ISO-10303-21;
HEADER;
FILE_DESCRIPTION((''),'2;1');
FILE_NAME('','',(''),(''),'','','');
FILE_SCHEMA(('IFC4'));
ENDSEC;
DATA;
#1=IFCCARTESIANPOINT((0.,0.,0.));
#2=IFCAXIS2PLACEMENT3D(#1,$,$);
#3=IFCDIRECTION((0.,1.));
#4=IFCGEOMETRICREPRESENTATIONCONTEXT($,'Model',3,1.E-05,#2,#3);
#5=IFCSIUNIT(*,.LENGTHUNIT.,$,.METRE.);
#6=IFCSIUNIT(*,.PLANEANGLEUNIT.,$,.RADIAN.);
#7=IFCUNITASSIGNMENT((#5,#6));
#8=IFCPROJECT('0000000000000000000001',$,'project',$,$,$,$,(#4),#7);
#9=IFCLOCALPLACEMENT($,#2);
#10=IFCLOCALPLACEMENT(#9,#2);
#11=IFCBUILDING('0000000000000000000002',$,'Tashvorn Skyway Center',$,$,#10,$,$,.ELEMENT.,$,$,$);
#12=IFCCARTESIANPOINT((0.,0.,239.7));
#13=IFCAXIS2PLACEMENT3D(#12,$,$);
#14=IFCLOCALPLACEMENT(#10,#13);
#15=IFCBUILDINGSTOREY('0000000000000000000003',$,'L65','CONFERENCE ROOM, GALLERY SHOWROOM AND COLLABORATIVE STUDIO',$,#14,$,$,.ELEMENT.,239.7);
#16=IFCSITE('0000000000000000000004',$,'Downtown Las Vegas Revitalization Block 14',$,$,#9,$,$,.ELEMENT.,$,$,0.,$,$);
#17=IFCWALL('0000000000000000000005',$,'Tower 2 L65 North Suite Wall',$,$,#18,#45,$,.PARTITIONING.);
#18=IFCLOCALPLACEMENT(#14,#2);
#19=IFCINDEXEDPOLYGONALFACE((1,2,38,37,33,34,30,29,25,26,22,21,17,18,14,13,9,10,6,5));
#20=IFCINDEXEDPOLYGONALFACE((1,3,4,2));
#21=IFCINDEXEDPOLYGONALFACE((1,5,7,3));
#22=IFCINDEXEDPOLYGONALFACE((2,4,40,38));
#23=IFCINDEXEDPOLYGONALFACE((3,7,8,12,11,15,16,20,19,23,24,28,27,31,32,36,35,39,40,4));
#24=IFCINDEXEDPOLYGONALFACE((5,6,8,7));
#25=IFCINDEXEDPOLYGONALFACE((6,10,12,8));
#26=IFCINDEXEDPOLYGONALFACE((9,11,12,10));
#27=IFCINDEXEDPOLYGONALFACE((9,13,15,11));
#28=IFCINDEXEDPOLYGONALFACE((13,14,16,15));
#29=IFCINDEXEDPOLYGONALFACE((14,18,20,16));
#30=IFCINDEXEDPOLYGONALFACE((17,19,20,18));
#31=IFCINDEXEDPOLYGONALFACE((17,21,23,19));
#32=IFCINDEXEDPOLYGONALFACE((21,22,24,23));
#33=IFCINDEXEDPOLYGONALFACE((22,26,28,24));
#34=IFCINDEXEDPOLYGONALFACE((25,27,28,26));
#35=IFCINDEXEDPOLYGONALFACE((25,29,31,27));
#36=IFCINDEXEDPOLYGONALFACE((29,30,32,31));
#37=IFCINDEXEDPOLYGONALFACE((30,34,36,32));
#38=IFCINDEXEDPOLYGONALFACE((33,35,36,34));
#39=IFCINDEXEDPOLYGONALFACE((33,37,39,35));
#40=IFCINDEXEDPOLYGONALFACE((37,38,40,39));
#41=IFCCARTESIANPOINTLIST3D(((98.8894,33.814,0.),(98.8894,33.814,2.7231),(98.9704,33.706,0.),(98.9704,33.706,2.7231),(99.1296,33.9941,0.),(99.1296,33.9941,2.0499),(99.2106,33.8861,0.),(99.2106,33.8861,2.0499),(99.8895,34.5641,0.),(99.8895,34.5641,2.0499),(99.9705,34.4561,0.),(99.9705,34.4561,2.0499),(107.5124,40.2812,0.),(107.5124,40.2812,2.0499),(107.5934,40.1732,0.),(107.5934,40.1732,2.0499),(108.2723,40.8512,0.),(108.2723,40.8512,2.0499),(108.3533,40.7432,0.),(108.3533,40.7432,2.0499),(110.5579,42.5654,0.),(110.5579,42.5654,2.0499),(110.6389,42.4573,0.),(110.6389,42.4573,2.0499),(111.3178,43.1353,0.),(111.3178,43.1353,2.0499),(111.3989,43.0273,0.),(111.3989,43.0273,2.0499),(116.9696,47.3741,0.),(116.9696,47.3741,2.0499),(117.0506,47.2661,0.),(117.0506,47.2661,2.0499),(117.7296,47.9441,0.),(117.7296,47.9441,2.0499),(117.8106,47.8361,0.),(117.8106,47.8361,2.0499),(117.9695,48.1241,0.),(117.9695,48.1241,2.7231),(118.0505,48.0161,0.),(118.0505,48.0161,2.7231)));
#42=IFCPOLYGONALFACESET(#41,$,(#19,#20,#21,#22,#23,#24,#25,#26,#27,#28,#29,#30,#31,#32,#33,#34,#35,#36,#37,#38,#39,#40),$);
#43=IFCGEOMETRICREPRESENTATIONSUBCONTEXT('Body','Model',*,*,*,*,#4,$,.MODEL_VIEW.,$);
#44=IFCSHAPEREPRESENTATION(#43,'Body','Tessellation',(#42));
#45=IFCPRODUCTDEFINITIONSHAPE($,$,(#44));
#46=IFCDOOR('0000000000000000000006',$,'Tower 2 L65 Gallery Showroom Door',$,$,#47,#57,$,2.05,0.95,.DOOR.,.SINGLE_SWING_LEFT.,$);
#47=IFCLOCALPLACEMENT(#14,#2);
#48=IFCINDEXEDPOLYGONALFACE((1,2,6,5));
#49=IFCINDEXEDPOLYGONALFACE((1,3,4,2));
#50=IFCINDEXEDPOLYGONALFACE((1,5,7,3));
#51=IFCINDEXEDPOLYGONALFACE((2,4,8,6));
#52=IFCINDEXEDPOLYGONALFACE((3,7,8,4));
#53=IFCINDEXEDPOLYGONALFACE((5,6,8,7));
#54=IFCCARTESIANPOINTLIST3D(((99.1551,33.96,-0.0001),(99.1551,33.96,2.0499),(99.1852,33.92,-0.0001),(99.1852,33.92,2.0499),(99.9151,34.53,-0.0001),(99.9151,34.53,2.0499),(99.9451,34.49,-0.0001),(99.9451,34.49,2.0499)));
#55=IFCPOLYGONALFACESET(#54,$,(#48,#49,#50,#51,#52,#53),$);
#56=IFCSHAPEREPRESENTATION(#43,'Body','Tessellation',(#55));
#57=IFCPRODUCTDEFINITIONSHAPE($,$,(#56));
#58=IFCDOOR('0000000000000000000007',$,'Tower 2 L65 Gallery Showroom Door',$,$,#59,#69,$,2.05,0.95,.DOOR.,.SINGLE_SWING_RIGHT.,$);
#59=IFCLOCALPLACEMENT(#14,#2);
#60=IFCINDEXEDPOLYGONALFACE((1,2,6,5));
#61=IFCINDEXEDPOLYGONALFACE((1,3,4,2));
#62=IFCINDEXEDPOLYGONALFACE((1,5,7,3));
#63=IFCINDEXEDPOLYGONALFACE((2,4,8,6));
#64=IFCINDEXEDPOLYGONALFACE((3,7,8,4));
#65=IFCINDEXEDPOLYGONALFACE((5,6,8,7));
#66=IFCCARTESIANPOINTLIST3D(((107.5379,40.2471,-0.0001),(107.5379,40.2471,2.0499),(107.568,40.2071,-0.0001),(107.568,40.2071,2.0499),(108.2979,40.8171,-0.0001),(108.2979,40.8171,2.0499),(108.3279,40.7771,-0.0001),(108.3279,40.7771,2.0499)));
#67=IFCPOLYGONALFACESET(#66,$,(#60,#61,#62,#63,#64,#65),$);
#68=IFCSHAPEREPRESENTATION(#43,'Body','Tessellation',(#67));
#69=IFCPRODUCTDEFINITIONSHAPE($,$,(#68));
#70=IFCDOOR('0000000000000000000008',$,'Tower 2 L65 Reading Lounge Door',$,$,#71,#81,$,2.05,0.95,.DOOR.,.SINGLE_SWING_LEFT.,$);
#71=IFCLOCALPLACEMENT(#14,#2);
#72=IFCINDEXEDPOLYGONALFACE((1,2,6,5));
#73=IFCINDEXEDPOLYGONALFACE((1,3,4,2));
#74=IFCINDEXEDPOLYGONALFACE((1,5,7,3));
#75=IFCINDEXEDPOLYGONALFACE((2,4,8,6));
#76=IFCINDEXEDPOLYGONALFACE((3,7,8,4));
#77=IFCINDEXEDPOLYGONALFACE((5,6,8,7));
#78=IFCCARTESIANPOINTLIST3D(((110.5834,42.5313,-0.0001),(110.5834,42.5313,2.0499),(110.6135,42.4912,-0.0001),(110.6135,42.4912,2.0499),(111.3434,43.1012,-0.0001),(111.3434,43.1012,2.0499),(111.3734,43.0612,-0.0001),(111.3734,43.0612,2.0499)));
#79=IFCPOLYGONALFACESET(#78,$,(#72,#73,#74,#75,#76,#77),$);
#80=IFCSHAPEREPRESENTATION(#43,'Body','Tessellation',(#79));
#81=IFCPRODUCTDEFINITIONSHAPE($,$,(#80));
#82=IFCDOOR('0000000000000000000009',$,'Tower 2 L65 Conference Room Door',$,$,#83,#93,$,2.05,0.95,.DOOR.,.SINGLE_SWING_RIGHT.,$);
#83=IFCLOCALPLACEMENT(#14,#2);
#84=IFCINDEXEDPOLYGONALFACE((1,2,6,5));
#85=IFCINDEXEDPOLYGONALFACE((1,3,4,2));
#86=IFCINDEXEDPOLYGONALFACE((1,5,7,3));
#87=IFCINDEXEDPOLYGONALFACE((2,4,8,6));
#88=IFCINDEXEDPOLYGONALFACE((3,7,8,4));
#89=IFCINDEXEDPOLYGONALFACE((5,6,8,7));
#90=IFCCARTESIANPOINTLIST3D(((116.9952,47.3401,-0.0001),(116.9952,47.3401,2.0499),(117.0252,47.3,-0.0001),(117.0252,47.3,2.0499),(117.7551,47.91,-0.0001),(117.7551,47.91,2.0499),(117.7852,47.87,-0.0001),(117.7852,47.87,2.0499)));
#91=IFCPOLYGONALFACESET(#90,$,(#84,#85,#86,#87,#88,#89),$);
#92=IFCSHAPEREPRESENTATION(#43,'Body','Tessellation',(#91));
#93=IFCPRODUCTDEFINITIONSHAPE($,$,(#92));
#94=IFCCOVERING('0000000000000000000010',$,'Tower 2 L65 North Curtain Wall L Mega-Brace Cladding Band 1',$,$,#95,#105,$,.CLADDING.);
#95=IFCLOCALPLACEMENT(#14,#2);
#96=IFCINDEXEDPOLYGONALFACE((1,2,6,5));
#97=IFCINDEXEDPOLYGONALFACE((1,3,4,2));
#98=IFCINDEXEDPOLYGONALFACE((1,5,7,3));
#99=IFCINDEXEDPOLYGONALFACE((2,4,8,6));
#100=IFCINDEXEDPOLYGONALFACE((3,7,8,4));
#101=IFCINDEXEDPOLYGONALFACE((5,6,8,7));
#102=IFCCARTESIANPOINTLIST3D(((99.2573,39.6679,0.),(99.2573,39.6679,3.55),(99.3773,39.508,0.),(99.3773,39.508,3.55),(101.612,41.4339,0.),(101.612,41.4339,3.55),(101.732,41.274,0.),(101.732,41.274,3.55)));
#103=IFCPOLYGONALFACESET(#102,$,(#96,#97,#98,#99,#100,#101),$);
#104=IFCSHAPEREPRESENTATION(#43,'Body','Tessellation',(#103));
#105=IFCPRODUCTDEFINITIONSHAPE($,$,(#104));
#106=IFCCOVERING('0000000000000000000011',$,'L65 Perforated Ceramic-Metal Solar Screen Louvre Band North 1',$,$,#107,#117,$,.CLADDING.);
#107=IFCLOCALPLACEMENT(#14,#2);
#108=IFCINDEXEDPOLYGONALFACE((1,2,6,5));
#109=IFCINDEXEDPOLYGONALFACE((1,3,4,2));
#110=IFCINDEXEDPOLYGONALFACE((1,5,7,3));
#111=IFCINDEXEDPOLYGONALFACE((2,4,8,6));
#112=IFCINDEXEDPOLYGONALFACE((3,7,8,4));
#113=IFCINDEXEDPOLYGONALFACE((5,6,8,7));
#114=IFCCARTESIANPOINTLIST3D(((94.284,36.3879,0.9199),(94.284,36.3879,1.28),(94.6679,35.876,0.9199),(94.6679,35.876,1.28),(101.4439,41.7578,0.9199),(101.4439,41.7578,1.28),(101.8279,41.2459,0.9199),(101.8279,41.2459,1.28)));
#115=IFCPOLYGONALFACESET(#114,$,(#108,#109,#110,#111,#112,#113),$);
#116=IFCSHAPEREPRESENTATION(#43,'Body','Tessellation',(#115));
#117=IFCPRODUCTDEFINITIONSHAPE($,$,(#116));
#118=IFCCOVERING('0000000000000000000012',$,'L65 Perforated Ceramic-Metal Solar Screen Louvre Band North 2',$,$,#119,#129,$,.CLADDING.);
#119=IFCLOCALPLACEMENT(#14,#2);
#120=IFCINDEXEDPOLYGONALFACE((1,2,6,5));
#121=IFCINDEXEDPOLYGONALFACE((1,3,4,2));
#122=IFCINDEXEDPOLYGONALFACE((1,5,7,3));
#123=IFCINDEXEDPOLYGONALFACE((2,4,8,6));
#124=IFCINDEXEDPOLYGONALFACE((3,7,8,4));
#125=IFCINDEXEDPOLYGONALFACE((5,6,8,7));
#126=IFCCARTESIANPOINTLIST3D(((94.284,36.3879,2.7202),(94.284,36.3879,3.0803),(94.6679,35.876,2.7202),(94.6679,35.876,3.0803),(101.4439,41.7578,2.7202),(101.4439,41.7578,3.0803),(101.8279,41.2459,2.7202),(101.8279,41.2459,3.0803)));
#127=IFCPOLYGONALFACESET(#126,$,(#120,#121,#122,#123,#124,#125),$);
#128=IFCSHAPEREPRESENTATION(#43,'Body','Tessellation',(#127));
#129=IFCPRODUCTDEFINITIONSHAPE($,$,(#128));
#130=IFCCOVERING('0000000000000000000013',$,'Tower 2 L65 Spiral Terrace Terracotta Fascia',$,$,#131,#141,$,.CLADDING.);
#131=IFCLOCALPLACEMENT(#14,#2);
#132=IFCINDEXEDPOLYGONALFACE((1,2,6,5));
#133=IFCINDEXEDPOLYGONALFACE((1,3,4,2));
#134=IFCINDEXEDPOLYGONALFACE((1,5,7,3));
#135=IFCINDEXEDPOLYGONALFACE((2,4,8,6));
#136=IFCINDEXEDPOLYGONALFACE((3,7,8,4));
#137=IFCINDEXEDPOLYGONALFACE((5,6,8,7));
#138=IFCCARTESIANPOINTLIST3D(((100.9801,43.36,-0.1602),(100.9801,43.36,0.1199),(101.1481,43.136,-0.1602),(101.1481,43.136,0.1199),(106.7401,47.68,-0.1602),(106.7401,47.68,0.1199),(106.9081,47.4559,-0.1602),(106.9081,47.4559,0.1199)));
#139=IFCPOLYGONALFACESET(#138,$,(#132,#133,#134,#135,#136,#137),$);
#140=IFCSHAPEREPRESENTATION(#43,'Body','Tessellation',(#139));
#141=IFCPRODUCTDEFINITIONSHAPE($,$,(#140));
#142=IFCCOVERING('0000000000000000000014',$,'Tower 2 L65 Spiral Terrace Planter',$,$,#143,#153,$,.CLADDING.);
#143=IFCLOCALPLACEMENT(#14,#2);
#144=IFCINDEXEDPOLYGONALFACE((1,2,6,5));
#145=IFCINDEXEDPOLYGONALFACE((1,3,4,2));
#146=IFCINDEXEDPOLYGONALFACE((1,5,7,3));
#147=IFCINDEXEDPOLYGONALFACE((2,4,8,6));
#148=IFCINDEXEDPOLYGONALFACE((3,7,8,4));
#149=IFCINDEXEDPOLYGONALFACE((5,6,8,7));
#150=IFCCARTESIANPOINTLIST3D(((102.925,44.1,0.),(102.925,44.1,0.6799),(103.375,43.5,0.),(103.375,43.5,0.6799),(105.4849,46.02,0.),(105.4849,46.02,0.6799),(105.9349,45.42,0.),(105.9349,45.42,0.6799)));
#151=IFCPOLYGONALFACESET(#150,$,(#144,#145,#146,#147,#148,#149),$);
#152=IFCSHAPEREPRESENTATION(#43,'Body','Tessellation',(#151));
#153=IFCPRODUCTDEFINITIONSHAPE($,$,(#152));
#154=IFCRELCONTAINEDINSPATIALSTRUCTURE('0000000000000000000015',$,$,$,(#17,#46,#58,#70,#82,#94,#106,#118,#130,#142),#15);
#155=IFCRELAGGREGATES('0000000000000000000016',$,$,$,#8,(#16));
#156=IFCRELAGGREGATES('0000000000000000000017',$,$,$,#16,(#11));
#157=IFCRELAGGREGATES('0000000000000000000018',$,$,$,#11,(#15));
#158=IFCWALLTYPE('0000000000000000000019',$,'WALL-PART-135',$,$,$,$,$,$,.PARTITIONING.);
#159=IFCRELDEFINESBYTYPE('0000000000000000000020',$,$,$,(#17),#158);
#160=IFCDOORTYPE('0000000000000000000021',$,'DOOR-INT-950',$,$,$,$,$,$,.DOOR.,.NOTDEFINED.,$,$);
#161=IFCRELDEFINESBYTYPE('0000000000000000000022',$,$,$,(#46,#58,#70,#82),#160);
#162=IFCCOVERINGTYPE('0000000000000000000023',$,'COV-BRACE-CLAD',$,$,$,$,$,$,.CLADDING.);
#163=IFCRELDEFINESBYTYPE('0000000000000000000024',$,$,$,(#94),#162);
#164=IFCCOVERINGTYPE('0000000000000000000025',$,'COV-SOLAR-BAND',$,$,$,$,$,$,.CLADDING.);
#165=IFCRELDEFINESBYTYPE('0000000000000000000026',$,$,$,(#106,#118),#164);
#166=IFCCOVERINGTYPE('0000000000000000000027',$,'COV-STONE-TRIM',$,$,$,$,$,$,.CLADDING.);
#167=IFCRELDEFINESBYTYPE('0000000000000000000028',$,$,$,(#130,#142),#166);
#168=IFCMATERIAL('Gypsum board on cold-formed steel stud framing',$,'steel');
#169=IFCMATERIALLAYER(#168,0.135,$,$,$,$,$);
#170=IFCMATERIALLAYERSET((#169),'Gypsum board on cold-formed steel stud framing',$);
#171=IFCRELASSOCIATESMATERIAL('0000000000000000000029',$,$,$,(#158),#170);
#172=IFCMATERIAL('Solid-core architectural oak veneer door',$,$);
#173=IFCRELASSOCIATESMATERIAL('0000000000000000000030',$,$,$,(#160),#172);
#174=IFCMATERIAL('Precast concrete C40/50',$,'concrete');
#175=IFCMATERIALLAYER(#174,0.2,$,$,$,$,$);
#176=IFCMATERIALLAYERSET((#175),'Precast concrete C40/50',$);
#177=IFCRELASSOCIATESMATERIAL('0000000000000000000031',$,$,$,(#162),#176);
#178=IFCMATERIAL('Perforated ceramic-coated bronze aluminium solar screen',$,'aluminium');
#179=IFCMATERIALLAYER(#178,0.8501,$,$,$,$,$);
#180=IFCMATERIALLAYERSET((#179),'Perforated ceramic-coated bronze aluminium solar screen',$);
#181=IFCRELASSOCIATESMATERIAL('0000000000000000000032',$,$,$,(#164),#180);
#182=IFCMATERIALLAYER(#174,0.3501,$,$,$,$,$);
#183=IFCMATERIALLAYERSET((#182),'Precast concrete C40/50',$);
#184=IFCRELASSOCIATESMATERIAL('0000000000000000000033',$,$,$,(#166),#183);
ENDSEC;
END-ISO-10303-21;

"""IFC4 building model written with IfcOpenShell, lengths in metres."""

from ifc_helpers import new_model, si_unit, direction, frame, frame_2d, origin, origin_2d, place, context, subcontext, project, spatial, rectangle, extrude, material, layer, layer_set, type_object, element, fill, save


model = new_model("IFC4")

# Units and contexts
model_context = context("Model", 3, precision=1e-05, world=origin(), true_north=direction((0.0, 1.0)))
body_context = subcontext(model_context, "Body", "Model", "MODEL_VIEW")
ifc_project = project(units=[si_unit("LENGTHUNIT", "METRE"), si_unit("PLANEANGLEUNIT", "RADIAN")], contexts=[model_context])

# Site, building, storey
site_placement = place(None, origin())
site = spatial("IfcSite", under=ifc_project, at=site_placement, Name="Downtown Las Vegas Revitalization Block 14", CompositionType="ELEMENT", RefElevation=0.0)
building_placement = place(site_placement, origin())
building = spatial("IfcBuilding", under=site, at=building_placement, Name="Tashvorn Skyway Center", CompositionType="ELEMENT")
storey_placement = place(building_placement, frame((0.0, 0.0, 239.7)))
storey = spatial("IfcBuildingStorey", under=building, at=storey_placement, Name="L65", Description="CONFERENCE ROOM, GALLERY SHOWROOM AND COLLABORATIVE STUDIO", CompositionType="ELEMENT", Elevation=239.7)

# Shared definitions
ifc_material_1 = material(Name="Precast concrete C40/50", Category="concrete")

# Shared definitions
ifc_material_2 = material(Name="Gypsum board on cold-formed steel stud framing", Category="steel")

# Wall, openings, doors
ifc_layer_1 = layer(ifc_material_2, 0.135)
ifc_layer_set_1 = layer_set([ifc_layer_1], Name="Gypsum board on cold-formed steel stud framing")
wall_type_1 = type_object("IfcWallType", Name="WALL-PART-135", PredefinedType="PARTITIONING", material=ifc_layer_set_1)
wall_1_placement = place(storey_placement, frame((98.9299, 33.76, 0.0), z_axis=(0.0, 0.0, 1.0), x_axis=(0.8, 0.6, 0.0)))
wall_1 = element("IfcWall", 1, at=wall_1_placement, inside=storey, type_object=wall_type_1, Name="Tower 2 L65 North Suite Wall", PredefinedType="PARTITIONING", context=body_context, shape_type="SweptSolid", body=[
    extrude(rectangle(XDim=23.8501, YDim=0.135, at=frame_2d((11.925, 0.0))), origin(), (0.0, 0.0, 1.0), 2.7231),
])
opening_1_placement = place(wall_1_placement, frame((0.3, 0.0, 0.0)))
opening_1 = element("IfcOpeningElement", 2, at=opening_1_placement, cuts=wall_1, PredefinedType="OPENING", context=body_context, shape_type="SweptSolid", body=[
    extrude(rectangle(XDim=0.95, YDim=2.05, at=frame_2d((0.4751, 1.0249))), frame((0.0, 0.0774, 0.0), z_axis=(0.0, -1.0, 0.0), x_axis=(1.0, 0.0, 0.0)), (0.0, 0.0, 1.0), 0.155),
])
opening_2_placement = place(wall_1_placement, frame((10.7786, 0.0, 0.0)))
opening_2 = element("IfcOpeningElement", 3, at=opening_2_placement, cuts=wall_1, PredefinedType="OPENING", context=body_context, shape_type="SweptSolid", body=[
    extrude(rectangle(XDim=0.95, YDim=2.05, at=frame_2d((0.4751, 1.0249))), frame((0.0, 0.0774, 0.0), z_axis=(0.0, -1.0, 0.0), x_axis=(1.0, 0.0, 0.0)), (0.0, 0.0, 1.0), 0.155),
])
opening_3_placement = place(wall_1_placement, frame((14.5854, 0.0, 0.0)))
opening_3 = element("IfcOpeningElement", 4, at=opening_3_placement, cuts=wall_1, PredefinedType="OPENING", context=body_context, shape_type="SweptSolid", body=[
    extrude(rectangle(XDim=0.95, YDim=2.05, at=frame_2d((0.4751, 1.0249))), frame((0.0, 0.0774, 0.0), z_axis=(0.0, -1.0, 0.0), x_axis=(1.0, 0.0, 0.0)), (0.0, 0.0, 1.0), 0.155),
])
opening_4_placement = place(wall_1_placement, frame((22.6001, 0.0, 0.0)))
opening_4 = element("IfcOpeningElement", 5, at=opening_4_placement, cuts=wall_1, PredefinedType="OPENING", context=body_context, shape_type="SweptSolid", body=[
    extrude(rectangle(XDim=0.95, YDim=2.05, at=frame_2d((0.4751, 1.0249))), frame((0.0, 0.0774, 0.0), z_axis=(0.0, -1.0, 0.0), x_axis=(1.0, 0.0, 0.0)), (0.0, 0.0, 1.0), 0.155),
])
ifc_material_3 = material(Name="Solid-core architectural oak veneer door")
door_type_1 = type_object("IfcDoorType", Name="DOOR-INT-950", OperationType="NOTDEFINED", PredefinedType="DOOR", material=ifc_material_3)
door_1_placement = place(opening_1_placement, origin())
door_1 = element("IfcDoor", 6, at=door_1_placement, inside=storey, type_object=door_type_1, Name="Tower 2 L65 Gallery Showroom Door", OperationType="SINGLE_SWING_LEFT", OverallHeight=2.05, OverallWidth=0.95, PredefinedType="DOOR", context=body_context, shape_type="SweptSolid", body=[
    extrude(rectangle(XDim=0.95, YDim=2.05, at=frame_2d((0.4751, 1.0249))), frame((0.0, 0.0249, 0.0), z_axis=(0.0, -1.0, 0.0), x_axis=(1.0, 0.0, 0.0)), (0.0, 0.0, 1.0), 0.05),
])
fill(opening_1, door_1)
door_2_placement = place(opening_2_placement, origin())
door_2 = element("IfcDoor", 7, at=door_2_placement, inside=storey, type_object=door_type_1, Name="Tower 2 L65 Gallery Showroom Door", OperationType="SINGLE_SWING_RIGHT", OverallHeight=2.05, OverallWidth=0.95, PredefinedType="DOOR", context=body_context, shape_type="SweptSolid", body=[
    extrude(rectangle(XDim=0.95, YDim=2.05, at=frame_2d((0.4751, 1.0249))), frame((0.0, 0.0249, 0.0), z_axis=(0.0, -1.0, 0.0), x_axis=(1.0, 0.0, 0.0)), (0.0, 0.0, 1.0), 0.05),
])
fill(opening_2, door_2)
door_3_placement = place(opening_3_placement, origin())
door_3 = element("IfcDoor", 8, at=door_3_placement, inside=storey, type_object=door_type_1, Name="Tower 2 L65 Reading Lounge Door", OperationType="SINGLE_SWING_LEFT", OverallHeight=2.05, OverallWidth=0.95, PredefinedType="DOOR", context=body_context, shape_type="SweptSolid", body=[
    extrude(rectangle(XDim=0.95, YDim=2.05, at=frame_2d((0.4751, 1.0249))), frame((0.0, 0.0249, 0.0), z_axis=(0.0, -1.0, 0.0), x_axis=(1.0, 0.0, 0.0)), (0.0, 0.0, 1.0), 0.05),
])
fill(opening_3, door_3)
door_4_placement = place(opening_4_placement, origin())
door_4 = element("IfcDoor", 9, at=door_4_placement, inside=storey, type_object=door_type_1, Name="Tower 2 L65 Conference Room Door", OperationType="SINGLE_SWING_RIGHT", OverallHeight=2.05, OverallWidth=0.95, PredefinedType="DOOR", context=body_context, shape_type="SweptSolid", body=[
    extrude(rectangle(XDim=0.95, YDim=2.05, at=frame_2d((0.4751, 1.0249))), frame((0.0, 0.0249, 0.0), z_axis=(0.0, -1.0, 0.0), x_axis=(1.0, 0.0, 0.0)), (0.0, 0.0, 1.0), 0.05),
])
fill(opening_4, door_4)

# Coverings
ifc_layer_2 = layer(ifc_material_1, 0.2)
ifc_layer_set_2 = layer_set([ifc_layer_2], Name="Precast concrete C40/50")
covering_type_1 = type_object("IfcCoveringType", Name="COV-BRACE-CLAD", PredefinedType="CLADDING", material=ifc_layer_set_2)
covering_1_placement = place(storey_placement, frame((100.4946, 40.4709, 0.0), z_axis=(0.0, 0.0, 1.0), x_axis=(0.8, 0.6, 0.0)))
element("IfcCovering", 10, at=covering_1_placement, inside=storey, type_object=covering_type_1, Name="Tower 2 L65 North Curtain Wall L Mega-Brace Cladding Band 1", PredefinedType="CLADDING", context=body_context, shape_type="SweptSolid", body=[
    extrude(rectangle(XDim=2.9434, YDim=0.2, at=origin_2d()), origin(), (0.0, 0.0, 1.0), 3.55),
])
ifc_material_4 = material(Name="Perforated ceramic-coated bronze aluminium solar screen", Category="aluminium")
ifc_layer_3 = layer(ifc_material_4, 0.8501)
ifc_layer_set_3 = layer_set([ifc_layer_3], Name="Perforated ceramic-coated bronze aluminium solar screen")
covering_type_2 = type_object("IfcCoveringType", Name="COV-SOLAR-BAND", PredefinedType="CLADDING", material=ifc_layer_set_3)
for number, where, z_axis, x_axis, name in (
    (11, (98.0559, 38.8169, 0.9199), (0.0, 0.0, 1.0), (0.8, 0.6, 0.0), "L65 Perforated Ceramic-Metal Solar Screen Louvre Band North 1"),
    (12, (98.0559, 38.8169, 2.7202), (0.0, 0.0, 1.0), (0.8, 0.6, 0.0), "L65 Perforated Ceramic-Metal Solar Screen Louvre Band North 2"),
):
    element("IfcCovering", number, at=place(storey_placement, frame(where, z_axis=z_axis, x_axis=x_axis)), inside=storey, type_object=covering_type_2, Name=name, PredefinedType="CLADDING", context=body_context, shape_type="SweptSolid", body=[
        extrude(rectangle(XDim=8.95, YDim=0.6399, at=origin_2d()), origin(), (0.0, 0.0, 1.0), 0.3601),
    ])
ifc_layer_4 = layer(ifc_material_1, 0.3501)
ifc_layer_set_4 = layer_set([ifc_layer_4], Name="Precast concrete C40/50")
covering_type_3 = type_object("IfcCoveringType", Name="COV-STONE-TRIM", PredefinedType="CLADDING", material=ifc_layer_set_4)
covering_2_placement = place(storey_placement, frame((103.9441, 45.408, -0.1602), z_axis=(0.0, 0.0, 1.0), x_axis=(0.8, 0.6, 0.0)))
element("IfcCovering", 13, at=covering_2_placement, inside=storey, type_object=covering_type_3, Name="Tower 2 L65 Spiral Terrace Terracotta Fascia", PredefinedType="CLADDING", context=body_context, shape_type="SweptSolid", body=[
    extrude(rectangle(XDim=7.2, YDim=0.28, at=origin_2d()), origin(), (0.0, 0.0, 1.0), 0.28),
])
covering_3_placement = place(storey_placement, frame((104.4299, 44.76, 0.0), z_axis=(0.0, 0.0, 1.0), x_axis=(0.8, 0.6, 0.0)))
element("IfcCovering", 14, at=covering_3_placement, inside=storey, type_object=covering_type_3, Name="Tower 2 L65 Spiral Terrace Planter", PredefinedType="CLADDING", context=body_context, shape_type="SweptSolid", body=[
    extrude(rectangle(XDim=3.2, YDim=0.75, at=origin_2d()), origin(), (0.0, 0.0, 1.0), 0.6799),
])

save(model, "model.ifc")
